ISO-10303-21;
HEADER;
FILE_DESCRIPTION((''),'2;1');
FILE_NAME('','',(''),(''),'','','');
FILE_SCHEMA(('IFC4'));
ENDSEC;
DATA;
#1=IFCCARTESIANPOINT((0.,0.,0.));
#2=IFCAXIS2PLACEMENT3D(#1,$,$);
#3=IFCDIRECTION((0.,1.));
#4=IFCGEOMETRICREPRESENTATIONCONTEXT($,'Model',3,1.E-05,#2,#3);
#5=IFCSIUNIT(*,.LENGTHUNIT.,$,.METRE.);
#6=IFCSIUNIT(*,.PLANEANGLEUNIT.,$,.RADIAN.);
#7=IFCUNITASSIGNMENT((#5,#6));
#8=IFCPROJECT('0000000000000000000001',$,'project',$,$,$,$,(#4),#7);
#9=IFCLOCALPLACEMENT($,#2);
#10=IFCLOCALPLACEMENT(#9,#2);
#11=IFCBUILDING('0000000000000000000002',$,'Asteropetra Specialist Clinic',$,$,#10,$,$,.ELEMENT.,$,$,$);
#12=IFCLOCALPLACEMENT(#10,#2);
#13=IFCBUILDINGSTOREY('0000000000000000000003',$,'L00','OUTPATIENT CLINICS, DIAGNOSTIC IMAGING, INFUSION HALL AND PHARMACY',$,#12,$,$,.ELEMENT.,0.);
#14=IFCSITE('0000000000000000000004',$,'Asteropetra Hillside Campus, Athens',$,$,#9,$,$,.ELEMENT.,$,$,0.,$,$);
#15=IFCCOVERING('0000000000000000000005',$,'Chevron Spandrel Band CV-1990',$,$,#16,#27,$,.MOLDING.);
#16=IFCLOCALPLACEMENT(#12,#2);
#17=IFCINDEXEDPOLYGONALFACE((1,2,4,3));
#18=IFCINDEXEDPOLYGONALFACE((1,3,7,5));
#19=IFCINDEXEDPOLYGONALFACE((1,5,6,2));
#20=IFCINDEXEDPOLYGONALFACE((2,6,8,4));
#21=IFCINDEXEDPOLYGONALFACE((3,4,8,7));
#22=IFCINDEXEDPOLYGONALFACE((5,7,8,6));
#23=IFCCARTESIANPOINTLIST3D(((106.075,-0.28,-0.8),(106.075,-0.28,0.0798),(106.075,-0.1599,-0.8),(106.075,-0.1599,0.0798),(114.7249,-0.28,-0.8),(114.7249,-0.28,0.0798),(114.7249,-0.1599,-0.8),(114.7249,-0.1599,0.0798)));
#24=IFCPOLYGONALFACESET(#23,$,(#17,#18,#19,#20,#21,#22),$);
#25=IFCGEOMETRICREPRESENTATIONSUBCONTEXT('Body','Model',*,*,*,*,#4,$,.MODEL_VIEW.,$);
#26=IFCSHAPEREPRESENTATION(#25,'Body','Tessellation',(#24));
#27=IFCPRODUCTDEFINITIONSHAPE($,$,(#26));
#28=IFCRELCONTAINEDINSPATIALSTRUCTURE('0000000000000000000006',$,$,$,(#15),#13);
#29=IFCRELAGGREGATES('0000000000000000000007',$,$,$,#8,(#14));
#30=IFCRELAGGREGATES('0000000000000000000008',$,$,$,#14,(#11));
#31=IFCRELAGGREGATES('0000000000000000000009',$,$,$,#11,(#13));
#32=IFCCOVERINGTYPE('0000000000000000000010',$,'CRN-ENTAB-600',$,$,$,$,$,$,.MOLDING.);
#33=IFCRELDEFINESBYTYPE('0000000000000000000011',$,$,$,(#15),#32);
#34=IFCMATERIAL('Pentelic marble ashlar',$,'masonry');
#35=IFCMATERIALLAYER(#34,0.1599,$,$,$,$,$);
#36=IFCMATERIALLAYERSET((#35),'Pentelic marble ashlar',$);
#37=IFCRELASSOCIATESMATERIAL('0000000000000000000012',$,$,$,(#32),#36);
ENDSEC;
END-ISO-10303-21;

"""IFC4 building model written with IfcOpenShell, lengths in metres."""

from ifc_helpers import new_model, si_unit, direction, frame, origin, origin_2d, place, context, subcontext, project, spatial, rectangle, extrude, material, layer, layer_set, type_object, element, save


model = new_model("IFC4")

# Units and contexts
model_context = context("Model", 3, precision=1e-05, world=origin(), true_north=direction((0.0, 1.0)))
body_context = subcontext(model_context, "Body", "Model", "MODEL_VIEW")
ifc_project = project(units=[si_unit("LENGTHUNIT", "METRE"), si_unit("PLANEANGLEUNIT", "RADIAN")], contexts=[model_context])

# Site, building, storey
site_placement = place(None, origin())
site = spatial("IfcSite", under=ifc_project, at=site_placement, Name="Asteropetra Hillside Campus, Athens", CompositionType="ELEMENT", RefElevation=0.0)
building_placement = place(site_placement, origin())
building = spatial("IfcBuilding", under=site, at=building_placement, Name="Asteropetra Specialist Clinic", CompositionType="ELEMENT")
storey_placement = place(building_placement, origin())
storey = spatial("IfcBuildingStorey", under=building, at=storey_placement, Name="L00", Description="OUTPATIENT CLINICS, DIAGNOSTIC IMAGING, INFUSION HALL AND PHARMACY", CompositionType="ELEMENT", Elevation=0.0)

# Covering
ifc_material_1 = material(Name="Pentelic marble ashlar", Category="masonry")
ifc_layer = layer(ifc_material_1, 0.1599)
ifc_layer_set = layer_set([ifc_layer], Name="Pentelic marble ashlar")
covering_type = type_object("IfcCoveringType", Name="CRN-ENTAB-600", PredefinedType="MOLDING", material=ifc_layer_set)
covering_1_placement = place(storey_placement, frame((110.3999, -0.22, -0.8), z_axis=(0.0, 0.0, 1.0), x_axis=(1.0, 0.0, 0.0)))
element("IfcCovering", 1, at=covering_1_placement, inside=storey, type_object=covering_type, Name="Chevron Spandrel Band CV-1990", PredefinedType="MOLDING", context=body_context, shape_type="SweptSolid", body=[
    extrude(rectangle(XDim=8.6499, YDim=0.1201, at=origin_2d()), origin(), (0.0, 0.0, 1.0), 0.8799),
])

save(model, "model.ifc")
